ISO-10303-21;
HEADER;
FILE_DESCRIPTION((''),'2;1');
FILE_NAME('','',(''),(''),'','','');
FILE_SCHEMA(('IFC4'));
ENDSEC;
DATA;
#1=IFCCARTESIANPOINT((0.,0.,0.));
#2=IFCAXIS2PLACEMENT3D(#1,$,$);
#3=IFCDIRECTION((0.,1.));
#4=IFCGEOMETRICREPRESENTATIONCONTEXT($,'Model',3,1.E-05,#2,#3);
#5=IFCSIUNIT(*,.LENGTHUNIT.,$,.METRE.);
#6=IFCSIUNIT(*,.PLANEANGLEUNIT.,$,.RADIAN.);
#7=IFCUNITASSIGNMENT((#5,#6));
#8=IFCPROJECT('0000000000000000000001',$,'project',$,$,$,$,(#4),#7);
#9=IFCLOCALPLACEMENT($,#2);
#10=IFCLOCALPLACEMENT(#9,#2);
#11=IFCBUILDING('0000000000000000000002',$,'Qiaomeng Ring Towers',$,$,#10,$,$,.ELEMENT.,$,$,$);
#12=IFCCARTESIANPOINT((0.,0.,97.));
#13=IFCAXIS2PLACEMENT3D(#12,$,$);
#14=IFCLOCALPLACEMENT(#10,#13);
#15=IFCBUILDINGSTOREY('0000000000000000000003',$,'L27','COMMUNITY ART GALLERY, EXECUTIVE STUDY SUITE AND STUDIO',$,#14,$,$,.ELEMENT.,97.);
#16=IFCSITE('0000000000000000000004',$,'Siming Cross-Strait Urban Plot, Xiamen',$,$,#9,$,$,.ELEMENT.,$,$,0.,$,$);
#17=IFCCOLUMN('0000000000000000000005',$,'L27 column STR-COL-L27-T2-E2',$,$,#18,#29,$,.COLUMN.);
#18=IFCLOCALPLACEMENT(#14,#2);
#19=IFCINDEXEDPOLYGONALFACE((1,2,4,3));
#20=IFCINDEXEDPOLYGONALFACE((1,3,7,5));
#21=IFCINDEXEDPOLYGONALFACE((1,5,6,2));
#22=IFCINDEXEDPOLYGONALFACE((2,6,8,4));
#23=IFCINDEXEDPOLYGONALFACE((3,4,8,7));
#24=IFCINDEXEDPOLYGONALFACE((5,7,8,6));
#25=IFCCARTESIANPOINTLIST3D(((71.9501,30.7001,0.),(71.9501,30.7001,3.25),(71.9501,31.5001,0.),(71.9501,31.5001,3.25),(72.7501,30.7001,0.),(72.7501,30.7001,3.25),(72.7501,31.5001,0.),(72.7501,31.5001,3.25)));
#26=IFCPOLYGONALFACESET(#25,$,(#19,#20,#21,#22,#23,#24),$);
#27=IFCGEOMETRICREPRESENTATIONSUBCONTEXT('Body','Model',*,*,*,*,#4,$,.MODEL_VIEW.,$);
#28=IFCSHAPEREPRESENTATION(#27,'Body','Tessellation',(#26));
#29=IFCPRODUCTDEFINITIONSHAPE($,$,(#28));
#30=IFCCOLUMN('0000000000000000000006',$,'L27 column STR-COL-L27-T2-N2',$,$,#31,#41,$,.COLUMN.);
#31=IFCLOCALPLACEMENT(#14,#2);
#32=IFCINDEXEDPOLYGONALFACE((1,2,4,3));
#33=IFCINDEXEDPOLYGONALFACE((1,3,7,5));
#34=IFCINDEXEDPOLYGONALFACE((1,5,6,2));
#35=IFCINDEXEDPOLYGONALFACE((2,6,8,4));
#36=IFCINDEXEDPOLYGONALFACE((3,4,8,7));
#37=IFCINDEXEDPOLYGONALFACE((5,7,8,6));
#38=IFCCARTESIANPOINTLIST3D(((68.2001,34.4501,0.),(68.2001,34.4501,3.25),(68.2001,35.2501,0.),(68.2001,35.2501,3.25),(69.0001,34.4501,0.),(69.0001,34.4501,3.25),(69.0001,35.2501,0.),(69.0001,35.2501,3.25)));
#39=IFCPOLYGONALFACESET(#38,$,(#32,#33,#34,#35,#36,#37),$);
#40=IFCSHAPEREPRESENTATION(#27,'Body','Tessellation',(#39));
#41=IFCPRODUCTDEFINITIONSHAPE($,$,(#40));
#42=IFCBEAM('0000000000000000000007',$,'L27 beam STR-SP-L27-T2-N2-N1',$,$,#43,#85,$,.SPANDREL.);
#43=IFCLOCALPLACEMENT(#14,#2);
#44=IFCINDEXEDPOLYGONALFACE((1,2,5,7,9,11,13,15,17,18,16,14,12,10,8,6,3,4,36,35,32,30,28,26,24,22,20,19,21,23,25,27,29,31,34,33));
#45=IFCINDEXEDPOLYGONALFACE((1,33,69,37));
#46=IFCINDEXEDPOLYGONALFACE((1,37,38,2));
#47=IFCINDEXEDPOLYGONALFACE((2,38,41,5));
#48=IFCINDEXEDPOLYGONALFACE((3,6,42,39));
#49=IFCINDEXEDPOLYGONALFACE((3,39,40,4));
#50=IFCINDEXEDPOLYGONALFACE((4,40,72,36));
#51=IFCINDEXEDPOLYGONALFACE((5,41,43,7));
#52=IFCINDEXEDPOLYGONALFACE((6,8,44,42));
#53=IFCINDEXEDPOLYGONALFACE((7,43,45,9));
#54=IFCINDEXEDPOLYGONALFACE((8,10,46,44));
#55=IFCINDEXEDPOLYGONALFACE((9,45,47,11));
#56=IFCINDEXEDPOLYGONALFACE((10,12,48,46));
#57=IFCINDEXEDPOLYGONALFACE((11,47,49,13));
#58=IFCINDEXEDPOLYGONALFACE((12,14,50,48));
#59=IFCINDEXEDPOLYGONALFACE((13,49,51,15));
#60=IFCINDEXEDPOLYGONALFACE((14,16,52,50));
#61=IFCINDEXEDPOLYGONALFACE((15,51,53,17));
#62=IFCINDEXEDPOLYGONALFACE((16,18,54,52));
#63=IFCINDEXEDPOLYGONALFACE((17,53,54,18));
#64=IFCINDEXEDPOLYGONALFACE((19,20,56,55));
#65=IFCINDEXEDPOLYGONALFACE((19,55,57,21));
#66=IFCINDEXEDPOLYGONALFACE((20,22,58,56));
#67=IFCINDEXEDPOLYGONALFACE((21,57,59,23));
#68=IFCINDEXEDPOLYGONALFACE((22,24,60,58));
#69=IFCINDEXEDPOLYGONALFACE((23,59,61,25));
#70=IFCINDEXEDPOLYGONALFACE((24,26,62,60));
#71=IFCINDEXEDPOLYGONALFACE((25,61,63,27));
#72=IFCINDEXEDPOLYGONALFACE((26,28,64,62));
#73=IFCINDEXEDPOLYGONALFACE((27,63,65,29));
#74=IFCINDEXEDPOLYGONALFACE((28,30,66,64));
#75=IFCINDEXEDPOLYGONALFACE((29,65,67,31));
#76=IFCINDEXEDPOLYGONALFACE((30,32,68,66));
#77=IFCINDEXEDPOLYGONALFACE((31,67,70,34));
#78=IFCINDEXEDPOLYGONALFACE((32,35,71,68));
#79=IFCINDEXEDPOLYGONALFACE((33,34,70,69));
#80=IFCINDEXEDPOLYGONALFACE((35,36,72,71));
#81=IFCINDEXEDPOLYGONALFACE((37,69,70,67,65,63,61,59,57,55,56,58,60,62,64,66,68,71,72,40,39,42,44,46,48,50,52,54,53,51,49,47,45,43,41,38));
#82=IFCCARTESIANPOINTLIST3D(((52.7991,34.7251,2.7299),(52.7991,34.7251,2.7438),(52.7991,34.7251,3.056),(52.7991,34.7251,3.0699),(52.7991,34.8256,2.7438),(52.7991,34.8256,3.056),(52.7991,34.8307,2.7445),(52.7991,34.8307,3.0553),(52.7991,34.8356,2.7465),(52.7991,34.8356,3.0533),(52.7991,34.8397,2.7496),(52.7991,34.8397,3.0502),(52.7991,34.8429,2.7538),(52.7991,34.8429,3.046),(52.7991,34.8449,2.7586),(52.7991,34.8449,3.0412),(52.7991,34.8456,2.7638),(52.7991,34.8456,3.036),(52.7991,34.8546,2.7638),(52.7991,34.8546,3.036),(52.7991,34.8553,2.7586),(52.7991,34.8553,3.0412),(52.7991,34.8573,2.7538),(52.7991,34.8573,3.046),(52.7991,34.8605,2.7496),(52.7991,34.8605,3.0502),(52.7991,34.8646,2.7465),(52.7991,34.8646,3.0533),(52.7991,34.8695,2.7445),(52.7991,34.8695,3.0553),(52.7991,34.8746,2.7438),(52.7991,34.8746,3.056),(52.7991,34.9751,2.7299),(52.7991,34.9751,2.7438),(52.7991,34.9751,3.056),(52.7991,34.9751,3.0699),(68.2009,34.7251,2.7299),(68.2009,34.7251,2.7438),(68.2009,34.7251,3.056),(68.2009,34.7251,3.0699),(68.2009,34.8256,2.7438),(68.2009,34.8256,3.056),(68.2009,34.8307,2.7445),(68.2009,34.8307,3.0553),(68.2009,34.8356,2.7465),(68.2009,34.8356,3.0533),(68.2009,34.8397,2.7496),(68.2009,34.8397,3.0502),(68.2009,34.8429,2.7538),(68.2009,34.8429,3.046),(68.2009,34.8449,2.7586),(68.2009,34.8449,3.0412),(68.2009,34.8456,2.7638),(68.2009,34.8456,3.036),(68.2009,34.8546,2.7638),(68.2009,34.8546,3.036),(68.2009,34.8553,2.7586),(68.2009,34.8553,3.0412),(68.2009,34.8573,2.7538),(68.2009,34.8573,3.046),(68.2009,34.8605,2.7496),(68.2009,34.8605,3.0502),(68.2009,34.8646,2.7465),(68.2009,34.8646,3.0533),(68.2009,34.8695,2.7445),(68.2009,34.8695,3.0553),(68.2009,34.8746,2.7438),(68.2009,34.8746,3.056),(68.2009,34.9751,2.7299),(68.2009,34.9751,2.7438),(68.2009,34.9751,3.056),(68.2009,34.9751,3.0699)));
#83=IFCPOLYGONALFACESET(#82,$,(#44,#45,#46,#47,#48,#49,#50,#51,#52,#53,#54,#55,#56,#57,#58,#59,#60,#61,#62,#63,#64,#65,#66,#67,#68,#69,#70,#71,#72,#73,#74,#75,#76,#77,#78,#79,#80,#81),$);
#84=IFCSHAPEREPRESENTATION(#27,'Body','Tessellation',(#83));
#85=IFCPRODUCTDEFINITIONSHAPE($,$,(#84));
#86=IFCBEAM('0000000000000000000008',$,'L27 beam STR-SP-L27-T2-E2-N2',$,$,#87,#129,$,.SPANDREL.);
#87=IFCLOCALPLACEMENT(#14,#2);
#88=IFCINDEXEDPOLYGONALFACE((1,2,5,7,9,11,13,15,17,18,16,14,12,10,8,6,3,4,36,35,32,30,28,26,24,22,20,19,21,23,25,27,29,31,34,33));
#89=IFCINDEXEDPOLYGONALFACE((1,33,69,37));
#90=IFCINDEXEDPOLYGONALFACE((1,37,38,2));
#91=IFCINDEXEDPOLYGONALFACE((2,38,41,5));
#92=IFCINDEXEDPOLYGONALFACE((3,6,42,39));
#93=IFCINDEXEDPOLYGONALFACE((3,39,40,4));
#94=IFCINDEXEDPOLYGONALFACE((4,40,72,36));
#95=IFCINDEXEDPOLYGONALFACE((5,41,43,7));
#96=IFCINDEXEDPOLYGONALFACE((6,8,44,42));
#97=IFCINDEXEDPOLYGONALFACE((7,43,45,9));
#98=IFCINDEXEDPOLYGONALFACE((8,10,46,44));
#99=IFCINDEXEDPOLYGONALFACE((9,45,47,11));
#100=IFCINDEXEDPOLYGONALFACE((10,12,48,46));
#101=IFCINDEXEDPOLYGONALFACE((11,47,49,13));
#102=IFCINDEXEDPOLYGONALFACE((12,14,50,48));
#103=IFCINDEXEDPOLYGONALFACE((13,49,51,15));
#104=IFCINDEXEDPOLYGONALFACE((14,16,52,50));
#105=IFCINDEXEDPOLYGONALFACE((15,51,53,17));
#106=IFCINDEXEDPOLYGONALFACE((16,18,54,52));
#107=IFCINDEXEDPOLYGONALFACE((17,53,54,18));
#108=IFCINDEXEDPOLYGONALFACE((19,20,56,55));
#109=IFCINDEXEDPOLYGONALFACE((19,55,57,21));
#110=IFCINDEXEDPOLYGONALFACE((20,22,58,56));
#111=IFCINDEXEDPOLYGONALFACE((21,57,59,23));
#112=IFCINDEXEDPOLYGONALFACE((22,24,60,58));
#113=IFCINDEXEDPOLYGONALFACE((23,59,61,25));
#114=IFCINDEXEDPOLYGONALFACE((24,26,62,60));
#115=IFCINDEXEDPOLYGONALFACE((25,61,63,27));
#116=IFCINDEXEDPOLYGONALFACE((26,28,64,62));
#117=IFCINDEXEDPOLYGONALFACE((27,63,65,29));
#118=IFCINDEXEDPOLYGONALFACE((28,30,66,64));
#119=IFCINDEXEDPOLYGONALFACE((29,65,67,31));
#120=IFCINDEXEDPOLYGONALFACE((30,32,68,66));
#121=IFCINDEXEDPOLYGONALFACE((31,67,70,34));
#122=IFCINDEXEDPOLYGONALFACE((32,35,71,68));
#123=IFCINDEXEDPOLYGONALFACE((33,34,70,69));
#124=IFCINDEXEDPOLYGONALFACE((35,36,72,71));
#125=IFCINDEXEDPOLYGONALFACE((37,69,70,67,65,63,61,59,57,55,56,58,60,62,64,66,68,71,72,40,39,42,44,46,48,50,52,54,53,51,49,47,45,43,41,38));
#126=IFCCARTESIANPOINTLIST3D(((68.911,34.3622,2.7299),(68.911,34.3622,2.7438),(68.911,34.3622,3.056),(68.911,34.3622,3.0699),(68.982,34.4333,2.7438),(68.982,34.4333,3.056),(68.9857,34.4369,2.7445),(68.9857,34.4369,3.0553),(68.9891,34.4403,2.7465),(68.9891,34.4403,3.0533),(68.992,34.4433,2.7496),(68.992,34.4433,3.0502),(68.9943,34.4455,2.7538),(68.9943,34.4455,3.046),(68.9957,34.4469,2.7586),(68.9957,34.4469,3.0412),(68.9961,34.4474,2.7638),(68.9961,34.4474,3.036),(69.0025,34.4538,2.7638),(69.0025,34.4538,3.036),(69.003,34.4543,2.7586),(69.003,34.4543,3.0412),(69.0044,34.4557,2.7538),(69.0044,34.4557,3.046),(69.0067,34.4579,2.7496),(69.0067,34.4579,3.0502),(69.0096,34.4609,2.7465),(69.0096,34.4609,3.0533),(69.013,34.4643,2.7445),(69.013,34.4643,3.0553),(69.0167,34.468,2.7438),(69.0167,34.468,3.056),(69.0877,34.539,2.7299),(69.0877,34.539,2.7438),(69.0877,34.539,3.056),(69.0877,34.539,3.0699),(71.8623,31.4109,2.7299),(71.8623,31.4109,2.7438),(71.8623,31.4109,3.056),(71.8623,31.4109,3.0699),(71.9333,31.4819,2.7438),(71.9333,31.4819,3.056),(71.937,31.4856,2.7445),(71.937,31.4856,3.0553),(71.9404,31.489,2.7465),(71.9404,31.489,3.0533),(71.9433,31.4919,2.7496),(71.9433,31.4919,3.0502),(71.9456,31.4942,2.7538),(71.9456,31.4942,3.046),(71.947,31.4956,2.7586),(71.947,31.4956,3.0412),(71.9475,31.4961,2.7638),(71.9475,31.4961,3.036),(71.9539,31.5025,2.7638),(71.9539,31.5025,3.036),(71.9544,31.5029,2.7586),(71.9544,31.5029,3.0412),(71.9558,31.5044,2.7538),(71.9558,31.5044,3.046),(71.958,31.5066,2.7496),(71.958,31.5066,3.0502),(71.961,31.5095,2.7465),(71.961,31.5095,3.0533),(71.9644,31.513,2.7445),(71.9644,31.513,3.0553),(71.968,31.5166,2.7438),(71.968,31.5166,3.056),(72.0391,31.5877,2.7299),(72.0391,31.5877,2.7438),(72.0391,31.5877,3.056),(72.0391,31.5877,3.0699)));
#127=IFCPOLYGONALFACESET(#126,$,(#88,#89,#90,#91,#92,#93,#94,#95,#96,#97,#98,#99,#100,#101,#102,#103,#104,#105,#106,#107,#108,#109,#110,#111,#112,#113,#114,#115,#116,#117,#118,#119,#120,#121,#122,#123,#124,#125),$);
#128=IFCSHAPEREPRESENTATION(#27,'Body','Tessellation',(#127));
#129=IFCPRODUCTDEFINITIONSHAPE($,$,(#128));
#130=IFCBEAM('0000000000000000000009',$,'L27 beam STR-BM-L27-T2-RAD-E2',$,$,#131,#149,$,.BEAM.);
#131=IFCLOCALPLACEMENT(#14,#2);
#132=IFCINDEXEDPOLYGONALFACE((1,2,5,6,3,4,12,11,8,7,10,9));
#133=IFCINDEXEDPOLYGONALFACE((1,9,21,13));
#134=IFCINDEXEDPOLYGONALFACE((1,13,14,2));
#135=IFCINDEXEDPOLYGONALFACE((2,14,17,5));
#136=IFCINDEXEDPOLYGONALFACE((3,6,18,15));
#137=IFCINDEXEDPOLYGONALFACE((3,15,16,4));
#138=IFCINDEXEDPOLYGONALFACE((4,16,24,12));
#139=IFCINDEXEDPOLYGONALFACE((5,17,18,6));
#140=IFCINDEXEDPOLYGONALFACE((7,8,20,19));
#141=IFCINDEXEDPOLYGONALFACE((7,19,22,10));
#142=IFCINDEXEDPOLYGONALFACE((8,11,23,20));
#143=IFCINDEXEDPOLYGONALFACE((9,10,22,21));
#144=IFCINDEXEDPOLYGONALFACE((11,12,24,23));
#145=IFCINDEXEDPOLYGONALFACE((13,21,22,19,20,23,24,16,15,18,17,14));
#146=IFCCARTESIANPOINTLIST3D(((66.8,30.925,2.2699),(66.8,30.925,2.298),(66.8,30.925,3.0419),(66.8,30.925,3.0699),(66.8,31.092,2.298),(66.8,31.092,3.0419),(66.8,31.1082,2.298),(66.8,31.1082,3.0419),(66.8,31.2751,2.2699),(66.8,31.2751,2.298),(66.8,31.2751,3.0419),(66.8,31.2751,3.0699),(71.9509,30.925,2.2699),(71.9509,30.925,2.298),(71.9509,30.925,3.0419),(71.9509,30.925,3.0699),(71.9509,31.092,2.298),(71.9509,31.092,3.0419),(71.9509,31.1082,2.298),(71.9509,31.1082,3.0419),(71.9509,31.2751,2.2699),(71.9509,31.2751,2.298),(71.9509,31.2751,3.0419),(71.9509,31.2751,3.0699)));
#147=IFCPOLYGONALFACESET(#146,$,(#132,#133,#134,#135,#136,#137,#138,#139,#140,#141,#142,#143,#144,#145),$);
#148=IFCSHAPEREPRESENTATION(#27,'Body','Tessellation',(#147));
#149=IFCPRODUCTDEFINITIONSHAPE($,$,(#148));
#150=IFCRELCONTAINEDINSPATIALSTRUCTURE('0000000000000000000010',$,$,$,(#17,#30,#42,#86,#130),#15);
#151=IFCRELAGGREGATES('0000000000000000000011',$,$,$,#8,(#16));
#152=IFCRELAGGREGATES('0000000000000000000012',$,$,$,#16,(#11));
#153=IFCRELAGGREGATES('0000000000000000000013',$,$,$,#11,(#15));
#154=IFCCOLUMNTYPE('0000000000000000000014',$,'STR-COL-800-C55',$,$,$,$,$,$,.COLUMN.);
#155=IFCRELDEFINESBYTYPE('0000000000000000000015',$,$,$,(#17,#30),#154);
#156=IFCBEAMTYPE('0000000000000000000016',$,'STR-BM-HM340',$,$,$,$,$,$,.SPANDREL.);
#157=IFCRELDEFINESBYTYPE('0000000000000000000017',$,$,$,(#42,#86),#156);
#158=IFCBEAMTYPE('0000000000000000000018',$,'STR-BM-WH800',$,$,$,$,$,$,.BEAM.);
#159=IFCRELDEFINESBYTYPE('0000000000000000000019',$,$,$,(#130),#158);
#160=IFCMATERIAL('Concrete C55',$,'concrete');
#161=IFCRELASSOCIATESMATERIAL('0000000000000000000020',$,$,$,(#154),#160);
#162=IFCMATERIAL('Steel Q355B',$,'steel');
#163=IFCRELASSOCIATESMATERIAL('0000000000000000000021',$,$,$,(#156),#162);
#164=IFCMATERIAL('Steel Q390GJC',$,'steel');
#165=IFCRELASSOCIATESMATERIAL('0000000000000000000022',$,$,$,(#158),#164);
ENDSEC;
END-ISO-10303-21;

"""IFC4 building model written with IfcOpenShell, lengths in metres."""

from ifc_helpers import new_model, si_unit, direction, frame, origin, origin_2d, place, context, subcontext, project, spatial, rectangle, i_section, extrude, source, transform, mapped, material, material_profile, profile_set, type_object, element, save


model = new_model("IFC4")

# Units and contexts
model_context = context("Model", 3, precision=1e-05, world=origin(), true_north=direction((0.0, 1.0)))
body_context = subcontext(model_context, "Body", "Model", "MODEL_VIEW")
ifc_project = project(units=[si_unit("LENGTHUNIT", "METRE"), si_unit("PLANEANGLEUNIT", "RADIAN")], contexts=[model_context])

# Site, building, storey
site_placement = place(None, origin())
site = spatial("IfcSite", under=ifc_project, at=site_placement, Name="Siming Cross-Strait Urban Plot, Xiamen", CompositionType="ELEMENT", RefElevation=0.0)
building_placement = place(site_placement, origin())
building = spatial("IfcBuilding", under=site, at=building_placement, Name="Qiaomeng Ring Towers", CompositionType="ELEMENT")
storey_placement = place(building_placement, frame((0.0, 0.0, 97.0)))
storey = spatial("IfcBuildingStorey", under=building, at=storey_placement, Name="L27", Description="COMMUNITY ART GALLERY, EXECUTIVE STUDY SUITE AND STUDIO", CompositionType="ELEMENT", Elevation=97.0)

# Columns
ifc_material_1 = material(Name="Concrete C55", Category="concrete")
ifc_material_profile_1 = material_profile(ifc_material_1, rectangle(XDim=0.8, YDim=0.8, at=origin_2d()), Name="RC COL 800x800")
ifc_profile_set_1 = profile_set([ifc_material_profile_1], Name="Concrete C55")
column_type = type_object("IfcColumnType", Name="STR-COL-800-C55", PredefinedType="COLUMN", material=ifc_profile_set_1)
shared_shape_1 = source(origin(), body_context, "Body", "SweptSolid", [
    extrude(rectangle(XDim=0.8, YDim=0.8, at=origin_2d()), origin(), (0.0, 0.0, 1.0), 3.25),
])
for number, where, z_axis, x_axis, name in (
    (1, (72.3501, 31.1001, 0.0), (0.0, 0.0, 1.0), (1.0, 0.0, 0.0), "L27 column STR-COL-L27-T2-E2"),
    (2, (68.6001, 34.8501, 0.0), (0.0, 0.0, 1.0), (1.0, 0.0, 0.0), "L27 column STR-COL-L27-T2-N2"),
):
    element("IfcColumn", number, at=place(storey_placement, frame(where, z_axis=z_axis, x_axis=x_axis)), inside=storey, type_object=column_type, Name=name, PredefinedType="COLUMN", context=body_context, shape_type="MappedRepresentation", body=[
        mapped(shared_shape_1, transform((0.0, 0.0, 0.0), x_axis=(1.0, 0.0, 0.0), y_axis=(0.0, 1.0, 0.0), z_axis=(0.0, 0.0, 1.0), scale=1.0)),
    ])

# Beams
ifc_material_2 = material(Name="Steel Q355B", Category="steel")
ifc_material_profile_2 = material_profile(ifc_material_2, i_section(OverallWidth=0.25, OverallDepth=0.3401, WebThickness=0.009, FlangeThickness=0.0139, FilletRadius=0.02, at=origin_2d()), Name="HM 340x250x9x14")
ifc_profile_set_2 = profile_set([ifc_material_profile_2], Name="Steel Q355B")
beam_type_1 = type_object("IfcBeamType", Name="STR-BM-HM340", PredefinedType="SPANDREL", material=ifc_profile_set_2)
shared_shape_2 = source(origin(), body_context, "Body", "SweptSolid", [
    extrude(i_section(OverallWidth=0.25, OverallDepth=0.3401, WebThickness=0.009, FlangeThickness=0.0139, FilletRadius=0.02, at=origin_2d()), origin(), (0.0, 0.0, 1.0), 15.4019),
])
beam_1_placement = place(storey_placement, frame((68.2009, 34.8501, 2.8999), z_axis=(-1.0, 0.0, 0.0), x_axis=(0.0, -1.0, 0.0)))
element("IfcBeam", 3, at=beam_1_placement, inside=storey, type_object=beam_type_1, Name="L27 beam STR-SP-L27-T2-N2-N1", PredefinedType="SPANDREL", context=body_context, shape_type="MappedRepresentation", body=[
    mapped(shared_shape_2, transform((0.0, 0.0, 0.0), x_axis=(1.0, 0.0, 0.0), y_axis=(0.0, 1.0, 0.0), z_axis=(0.0, 0.0, 1.0), scale=1.0)),
])
shared_shape_3 = source(origin(), body_context, "Body", "SweptSolid", [
    extrude(i_section(OverallWidth=0.25, OverallDepth=0.3401, WebThickness=0.009, FlangeThickness=0.0139, FilletRadius=0.02, at=origin_2d()), origin(), (0.0, 0.0, 1.0), 4.1738),
])
beam_2_placement = place(storey_placement, frame((71.9507, 31.4993, 2.8999), z_axis=(-0.707107, 0.707107, 0.0), x_axis=(-0.707107, -0.707107, 0.0)))
element("IfcBeam", 4, at=beam_2_placement, inside=storey, type_object=beam_type_1, Name="L27 beam STR-SP-L27-T2-E2-N2", PredefinedType="SPANDREL", context=body_context, shape_type="MappedRepresentation", body=[
    mapped(shared_shape_3, transform((0.0, 0.0, 0.0), x_axis=(1.0, 0.0, 0.0), y_axis=(0.0, 1.0, 0.0), z_axis=(0.0, 0.0, 1.0), scale=1.0)),
])
ifc_material_3 = material(Name="Steel Q390GJC", Category="steel")
ifc_material_profile_3 = material_profile(ifc_material_3, i_section(OverallWidth=0.3501, OverallDepth=0.8, WebThickness=0.0161, FlangeThickness=0.0281, at=origin_2d()), Name="WH 800x350x16x28")
ifc_profile_set_3 = profile_set([ifc_material_profile_3], Name="Steel Q390GJC")
beam_type_2 = type_object("IfcBeamType", Name="STR-BM-WH800", PredefinedType="BEAM", material=ifc_profile_set_3)
shared_shape_4 = source(origin(), body_context, "Body", "SweptSolid", [
    extrude(i_section(OverallWidth=0.3501, OverallDepth=0.8, WebThickness=0.0161, FlangeThickness=0.0281, at=origin_2d()), origin(), (0.0, 0.0, 1.0), 5.1509),
])
beam_3_placement = place(storey_placement, frame((66.8, 31.1001, 2.6699), z_axis=(1.0, 0.0, 0.0), x_axis=(0.0, 1.0, 0.0)))
element("IfcBeam", 5, at=beam_3_placement, inside=storey, type_object=beam_type_2, Name="L27 beam STR-BM-L27-T2-RAD-E2", PredefinedType="BEAM", context=body_context, shape_type="MappedRepresentation", body=[
    mapped(shared_shape_4, transform((0.0, 0.0, 0.0), x_axis=(1.0, 0.0, 0.0), y_axis=(0.0, 1.0, 0.0), z_axis=(0.0, 0.0, 1.0), scale=1.0)),
])

save(model, "model.ifc")
